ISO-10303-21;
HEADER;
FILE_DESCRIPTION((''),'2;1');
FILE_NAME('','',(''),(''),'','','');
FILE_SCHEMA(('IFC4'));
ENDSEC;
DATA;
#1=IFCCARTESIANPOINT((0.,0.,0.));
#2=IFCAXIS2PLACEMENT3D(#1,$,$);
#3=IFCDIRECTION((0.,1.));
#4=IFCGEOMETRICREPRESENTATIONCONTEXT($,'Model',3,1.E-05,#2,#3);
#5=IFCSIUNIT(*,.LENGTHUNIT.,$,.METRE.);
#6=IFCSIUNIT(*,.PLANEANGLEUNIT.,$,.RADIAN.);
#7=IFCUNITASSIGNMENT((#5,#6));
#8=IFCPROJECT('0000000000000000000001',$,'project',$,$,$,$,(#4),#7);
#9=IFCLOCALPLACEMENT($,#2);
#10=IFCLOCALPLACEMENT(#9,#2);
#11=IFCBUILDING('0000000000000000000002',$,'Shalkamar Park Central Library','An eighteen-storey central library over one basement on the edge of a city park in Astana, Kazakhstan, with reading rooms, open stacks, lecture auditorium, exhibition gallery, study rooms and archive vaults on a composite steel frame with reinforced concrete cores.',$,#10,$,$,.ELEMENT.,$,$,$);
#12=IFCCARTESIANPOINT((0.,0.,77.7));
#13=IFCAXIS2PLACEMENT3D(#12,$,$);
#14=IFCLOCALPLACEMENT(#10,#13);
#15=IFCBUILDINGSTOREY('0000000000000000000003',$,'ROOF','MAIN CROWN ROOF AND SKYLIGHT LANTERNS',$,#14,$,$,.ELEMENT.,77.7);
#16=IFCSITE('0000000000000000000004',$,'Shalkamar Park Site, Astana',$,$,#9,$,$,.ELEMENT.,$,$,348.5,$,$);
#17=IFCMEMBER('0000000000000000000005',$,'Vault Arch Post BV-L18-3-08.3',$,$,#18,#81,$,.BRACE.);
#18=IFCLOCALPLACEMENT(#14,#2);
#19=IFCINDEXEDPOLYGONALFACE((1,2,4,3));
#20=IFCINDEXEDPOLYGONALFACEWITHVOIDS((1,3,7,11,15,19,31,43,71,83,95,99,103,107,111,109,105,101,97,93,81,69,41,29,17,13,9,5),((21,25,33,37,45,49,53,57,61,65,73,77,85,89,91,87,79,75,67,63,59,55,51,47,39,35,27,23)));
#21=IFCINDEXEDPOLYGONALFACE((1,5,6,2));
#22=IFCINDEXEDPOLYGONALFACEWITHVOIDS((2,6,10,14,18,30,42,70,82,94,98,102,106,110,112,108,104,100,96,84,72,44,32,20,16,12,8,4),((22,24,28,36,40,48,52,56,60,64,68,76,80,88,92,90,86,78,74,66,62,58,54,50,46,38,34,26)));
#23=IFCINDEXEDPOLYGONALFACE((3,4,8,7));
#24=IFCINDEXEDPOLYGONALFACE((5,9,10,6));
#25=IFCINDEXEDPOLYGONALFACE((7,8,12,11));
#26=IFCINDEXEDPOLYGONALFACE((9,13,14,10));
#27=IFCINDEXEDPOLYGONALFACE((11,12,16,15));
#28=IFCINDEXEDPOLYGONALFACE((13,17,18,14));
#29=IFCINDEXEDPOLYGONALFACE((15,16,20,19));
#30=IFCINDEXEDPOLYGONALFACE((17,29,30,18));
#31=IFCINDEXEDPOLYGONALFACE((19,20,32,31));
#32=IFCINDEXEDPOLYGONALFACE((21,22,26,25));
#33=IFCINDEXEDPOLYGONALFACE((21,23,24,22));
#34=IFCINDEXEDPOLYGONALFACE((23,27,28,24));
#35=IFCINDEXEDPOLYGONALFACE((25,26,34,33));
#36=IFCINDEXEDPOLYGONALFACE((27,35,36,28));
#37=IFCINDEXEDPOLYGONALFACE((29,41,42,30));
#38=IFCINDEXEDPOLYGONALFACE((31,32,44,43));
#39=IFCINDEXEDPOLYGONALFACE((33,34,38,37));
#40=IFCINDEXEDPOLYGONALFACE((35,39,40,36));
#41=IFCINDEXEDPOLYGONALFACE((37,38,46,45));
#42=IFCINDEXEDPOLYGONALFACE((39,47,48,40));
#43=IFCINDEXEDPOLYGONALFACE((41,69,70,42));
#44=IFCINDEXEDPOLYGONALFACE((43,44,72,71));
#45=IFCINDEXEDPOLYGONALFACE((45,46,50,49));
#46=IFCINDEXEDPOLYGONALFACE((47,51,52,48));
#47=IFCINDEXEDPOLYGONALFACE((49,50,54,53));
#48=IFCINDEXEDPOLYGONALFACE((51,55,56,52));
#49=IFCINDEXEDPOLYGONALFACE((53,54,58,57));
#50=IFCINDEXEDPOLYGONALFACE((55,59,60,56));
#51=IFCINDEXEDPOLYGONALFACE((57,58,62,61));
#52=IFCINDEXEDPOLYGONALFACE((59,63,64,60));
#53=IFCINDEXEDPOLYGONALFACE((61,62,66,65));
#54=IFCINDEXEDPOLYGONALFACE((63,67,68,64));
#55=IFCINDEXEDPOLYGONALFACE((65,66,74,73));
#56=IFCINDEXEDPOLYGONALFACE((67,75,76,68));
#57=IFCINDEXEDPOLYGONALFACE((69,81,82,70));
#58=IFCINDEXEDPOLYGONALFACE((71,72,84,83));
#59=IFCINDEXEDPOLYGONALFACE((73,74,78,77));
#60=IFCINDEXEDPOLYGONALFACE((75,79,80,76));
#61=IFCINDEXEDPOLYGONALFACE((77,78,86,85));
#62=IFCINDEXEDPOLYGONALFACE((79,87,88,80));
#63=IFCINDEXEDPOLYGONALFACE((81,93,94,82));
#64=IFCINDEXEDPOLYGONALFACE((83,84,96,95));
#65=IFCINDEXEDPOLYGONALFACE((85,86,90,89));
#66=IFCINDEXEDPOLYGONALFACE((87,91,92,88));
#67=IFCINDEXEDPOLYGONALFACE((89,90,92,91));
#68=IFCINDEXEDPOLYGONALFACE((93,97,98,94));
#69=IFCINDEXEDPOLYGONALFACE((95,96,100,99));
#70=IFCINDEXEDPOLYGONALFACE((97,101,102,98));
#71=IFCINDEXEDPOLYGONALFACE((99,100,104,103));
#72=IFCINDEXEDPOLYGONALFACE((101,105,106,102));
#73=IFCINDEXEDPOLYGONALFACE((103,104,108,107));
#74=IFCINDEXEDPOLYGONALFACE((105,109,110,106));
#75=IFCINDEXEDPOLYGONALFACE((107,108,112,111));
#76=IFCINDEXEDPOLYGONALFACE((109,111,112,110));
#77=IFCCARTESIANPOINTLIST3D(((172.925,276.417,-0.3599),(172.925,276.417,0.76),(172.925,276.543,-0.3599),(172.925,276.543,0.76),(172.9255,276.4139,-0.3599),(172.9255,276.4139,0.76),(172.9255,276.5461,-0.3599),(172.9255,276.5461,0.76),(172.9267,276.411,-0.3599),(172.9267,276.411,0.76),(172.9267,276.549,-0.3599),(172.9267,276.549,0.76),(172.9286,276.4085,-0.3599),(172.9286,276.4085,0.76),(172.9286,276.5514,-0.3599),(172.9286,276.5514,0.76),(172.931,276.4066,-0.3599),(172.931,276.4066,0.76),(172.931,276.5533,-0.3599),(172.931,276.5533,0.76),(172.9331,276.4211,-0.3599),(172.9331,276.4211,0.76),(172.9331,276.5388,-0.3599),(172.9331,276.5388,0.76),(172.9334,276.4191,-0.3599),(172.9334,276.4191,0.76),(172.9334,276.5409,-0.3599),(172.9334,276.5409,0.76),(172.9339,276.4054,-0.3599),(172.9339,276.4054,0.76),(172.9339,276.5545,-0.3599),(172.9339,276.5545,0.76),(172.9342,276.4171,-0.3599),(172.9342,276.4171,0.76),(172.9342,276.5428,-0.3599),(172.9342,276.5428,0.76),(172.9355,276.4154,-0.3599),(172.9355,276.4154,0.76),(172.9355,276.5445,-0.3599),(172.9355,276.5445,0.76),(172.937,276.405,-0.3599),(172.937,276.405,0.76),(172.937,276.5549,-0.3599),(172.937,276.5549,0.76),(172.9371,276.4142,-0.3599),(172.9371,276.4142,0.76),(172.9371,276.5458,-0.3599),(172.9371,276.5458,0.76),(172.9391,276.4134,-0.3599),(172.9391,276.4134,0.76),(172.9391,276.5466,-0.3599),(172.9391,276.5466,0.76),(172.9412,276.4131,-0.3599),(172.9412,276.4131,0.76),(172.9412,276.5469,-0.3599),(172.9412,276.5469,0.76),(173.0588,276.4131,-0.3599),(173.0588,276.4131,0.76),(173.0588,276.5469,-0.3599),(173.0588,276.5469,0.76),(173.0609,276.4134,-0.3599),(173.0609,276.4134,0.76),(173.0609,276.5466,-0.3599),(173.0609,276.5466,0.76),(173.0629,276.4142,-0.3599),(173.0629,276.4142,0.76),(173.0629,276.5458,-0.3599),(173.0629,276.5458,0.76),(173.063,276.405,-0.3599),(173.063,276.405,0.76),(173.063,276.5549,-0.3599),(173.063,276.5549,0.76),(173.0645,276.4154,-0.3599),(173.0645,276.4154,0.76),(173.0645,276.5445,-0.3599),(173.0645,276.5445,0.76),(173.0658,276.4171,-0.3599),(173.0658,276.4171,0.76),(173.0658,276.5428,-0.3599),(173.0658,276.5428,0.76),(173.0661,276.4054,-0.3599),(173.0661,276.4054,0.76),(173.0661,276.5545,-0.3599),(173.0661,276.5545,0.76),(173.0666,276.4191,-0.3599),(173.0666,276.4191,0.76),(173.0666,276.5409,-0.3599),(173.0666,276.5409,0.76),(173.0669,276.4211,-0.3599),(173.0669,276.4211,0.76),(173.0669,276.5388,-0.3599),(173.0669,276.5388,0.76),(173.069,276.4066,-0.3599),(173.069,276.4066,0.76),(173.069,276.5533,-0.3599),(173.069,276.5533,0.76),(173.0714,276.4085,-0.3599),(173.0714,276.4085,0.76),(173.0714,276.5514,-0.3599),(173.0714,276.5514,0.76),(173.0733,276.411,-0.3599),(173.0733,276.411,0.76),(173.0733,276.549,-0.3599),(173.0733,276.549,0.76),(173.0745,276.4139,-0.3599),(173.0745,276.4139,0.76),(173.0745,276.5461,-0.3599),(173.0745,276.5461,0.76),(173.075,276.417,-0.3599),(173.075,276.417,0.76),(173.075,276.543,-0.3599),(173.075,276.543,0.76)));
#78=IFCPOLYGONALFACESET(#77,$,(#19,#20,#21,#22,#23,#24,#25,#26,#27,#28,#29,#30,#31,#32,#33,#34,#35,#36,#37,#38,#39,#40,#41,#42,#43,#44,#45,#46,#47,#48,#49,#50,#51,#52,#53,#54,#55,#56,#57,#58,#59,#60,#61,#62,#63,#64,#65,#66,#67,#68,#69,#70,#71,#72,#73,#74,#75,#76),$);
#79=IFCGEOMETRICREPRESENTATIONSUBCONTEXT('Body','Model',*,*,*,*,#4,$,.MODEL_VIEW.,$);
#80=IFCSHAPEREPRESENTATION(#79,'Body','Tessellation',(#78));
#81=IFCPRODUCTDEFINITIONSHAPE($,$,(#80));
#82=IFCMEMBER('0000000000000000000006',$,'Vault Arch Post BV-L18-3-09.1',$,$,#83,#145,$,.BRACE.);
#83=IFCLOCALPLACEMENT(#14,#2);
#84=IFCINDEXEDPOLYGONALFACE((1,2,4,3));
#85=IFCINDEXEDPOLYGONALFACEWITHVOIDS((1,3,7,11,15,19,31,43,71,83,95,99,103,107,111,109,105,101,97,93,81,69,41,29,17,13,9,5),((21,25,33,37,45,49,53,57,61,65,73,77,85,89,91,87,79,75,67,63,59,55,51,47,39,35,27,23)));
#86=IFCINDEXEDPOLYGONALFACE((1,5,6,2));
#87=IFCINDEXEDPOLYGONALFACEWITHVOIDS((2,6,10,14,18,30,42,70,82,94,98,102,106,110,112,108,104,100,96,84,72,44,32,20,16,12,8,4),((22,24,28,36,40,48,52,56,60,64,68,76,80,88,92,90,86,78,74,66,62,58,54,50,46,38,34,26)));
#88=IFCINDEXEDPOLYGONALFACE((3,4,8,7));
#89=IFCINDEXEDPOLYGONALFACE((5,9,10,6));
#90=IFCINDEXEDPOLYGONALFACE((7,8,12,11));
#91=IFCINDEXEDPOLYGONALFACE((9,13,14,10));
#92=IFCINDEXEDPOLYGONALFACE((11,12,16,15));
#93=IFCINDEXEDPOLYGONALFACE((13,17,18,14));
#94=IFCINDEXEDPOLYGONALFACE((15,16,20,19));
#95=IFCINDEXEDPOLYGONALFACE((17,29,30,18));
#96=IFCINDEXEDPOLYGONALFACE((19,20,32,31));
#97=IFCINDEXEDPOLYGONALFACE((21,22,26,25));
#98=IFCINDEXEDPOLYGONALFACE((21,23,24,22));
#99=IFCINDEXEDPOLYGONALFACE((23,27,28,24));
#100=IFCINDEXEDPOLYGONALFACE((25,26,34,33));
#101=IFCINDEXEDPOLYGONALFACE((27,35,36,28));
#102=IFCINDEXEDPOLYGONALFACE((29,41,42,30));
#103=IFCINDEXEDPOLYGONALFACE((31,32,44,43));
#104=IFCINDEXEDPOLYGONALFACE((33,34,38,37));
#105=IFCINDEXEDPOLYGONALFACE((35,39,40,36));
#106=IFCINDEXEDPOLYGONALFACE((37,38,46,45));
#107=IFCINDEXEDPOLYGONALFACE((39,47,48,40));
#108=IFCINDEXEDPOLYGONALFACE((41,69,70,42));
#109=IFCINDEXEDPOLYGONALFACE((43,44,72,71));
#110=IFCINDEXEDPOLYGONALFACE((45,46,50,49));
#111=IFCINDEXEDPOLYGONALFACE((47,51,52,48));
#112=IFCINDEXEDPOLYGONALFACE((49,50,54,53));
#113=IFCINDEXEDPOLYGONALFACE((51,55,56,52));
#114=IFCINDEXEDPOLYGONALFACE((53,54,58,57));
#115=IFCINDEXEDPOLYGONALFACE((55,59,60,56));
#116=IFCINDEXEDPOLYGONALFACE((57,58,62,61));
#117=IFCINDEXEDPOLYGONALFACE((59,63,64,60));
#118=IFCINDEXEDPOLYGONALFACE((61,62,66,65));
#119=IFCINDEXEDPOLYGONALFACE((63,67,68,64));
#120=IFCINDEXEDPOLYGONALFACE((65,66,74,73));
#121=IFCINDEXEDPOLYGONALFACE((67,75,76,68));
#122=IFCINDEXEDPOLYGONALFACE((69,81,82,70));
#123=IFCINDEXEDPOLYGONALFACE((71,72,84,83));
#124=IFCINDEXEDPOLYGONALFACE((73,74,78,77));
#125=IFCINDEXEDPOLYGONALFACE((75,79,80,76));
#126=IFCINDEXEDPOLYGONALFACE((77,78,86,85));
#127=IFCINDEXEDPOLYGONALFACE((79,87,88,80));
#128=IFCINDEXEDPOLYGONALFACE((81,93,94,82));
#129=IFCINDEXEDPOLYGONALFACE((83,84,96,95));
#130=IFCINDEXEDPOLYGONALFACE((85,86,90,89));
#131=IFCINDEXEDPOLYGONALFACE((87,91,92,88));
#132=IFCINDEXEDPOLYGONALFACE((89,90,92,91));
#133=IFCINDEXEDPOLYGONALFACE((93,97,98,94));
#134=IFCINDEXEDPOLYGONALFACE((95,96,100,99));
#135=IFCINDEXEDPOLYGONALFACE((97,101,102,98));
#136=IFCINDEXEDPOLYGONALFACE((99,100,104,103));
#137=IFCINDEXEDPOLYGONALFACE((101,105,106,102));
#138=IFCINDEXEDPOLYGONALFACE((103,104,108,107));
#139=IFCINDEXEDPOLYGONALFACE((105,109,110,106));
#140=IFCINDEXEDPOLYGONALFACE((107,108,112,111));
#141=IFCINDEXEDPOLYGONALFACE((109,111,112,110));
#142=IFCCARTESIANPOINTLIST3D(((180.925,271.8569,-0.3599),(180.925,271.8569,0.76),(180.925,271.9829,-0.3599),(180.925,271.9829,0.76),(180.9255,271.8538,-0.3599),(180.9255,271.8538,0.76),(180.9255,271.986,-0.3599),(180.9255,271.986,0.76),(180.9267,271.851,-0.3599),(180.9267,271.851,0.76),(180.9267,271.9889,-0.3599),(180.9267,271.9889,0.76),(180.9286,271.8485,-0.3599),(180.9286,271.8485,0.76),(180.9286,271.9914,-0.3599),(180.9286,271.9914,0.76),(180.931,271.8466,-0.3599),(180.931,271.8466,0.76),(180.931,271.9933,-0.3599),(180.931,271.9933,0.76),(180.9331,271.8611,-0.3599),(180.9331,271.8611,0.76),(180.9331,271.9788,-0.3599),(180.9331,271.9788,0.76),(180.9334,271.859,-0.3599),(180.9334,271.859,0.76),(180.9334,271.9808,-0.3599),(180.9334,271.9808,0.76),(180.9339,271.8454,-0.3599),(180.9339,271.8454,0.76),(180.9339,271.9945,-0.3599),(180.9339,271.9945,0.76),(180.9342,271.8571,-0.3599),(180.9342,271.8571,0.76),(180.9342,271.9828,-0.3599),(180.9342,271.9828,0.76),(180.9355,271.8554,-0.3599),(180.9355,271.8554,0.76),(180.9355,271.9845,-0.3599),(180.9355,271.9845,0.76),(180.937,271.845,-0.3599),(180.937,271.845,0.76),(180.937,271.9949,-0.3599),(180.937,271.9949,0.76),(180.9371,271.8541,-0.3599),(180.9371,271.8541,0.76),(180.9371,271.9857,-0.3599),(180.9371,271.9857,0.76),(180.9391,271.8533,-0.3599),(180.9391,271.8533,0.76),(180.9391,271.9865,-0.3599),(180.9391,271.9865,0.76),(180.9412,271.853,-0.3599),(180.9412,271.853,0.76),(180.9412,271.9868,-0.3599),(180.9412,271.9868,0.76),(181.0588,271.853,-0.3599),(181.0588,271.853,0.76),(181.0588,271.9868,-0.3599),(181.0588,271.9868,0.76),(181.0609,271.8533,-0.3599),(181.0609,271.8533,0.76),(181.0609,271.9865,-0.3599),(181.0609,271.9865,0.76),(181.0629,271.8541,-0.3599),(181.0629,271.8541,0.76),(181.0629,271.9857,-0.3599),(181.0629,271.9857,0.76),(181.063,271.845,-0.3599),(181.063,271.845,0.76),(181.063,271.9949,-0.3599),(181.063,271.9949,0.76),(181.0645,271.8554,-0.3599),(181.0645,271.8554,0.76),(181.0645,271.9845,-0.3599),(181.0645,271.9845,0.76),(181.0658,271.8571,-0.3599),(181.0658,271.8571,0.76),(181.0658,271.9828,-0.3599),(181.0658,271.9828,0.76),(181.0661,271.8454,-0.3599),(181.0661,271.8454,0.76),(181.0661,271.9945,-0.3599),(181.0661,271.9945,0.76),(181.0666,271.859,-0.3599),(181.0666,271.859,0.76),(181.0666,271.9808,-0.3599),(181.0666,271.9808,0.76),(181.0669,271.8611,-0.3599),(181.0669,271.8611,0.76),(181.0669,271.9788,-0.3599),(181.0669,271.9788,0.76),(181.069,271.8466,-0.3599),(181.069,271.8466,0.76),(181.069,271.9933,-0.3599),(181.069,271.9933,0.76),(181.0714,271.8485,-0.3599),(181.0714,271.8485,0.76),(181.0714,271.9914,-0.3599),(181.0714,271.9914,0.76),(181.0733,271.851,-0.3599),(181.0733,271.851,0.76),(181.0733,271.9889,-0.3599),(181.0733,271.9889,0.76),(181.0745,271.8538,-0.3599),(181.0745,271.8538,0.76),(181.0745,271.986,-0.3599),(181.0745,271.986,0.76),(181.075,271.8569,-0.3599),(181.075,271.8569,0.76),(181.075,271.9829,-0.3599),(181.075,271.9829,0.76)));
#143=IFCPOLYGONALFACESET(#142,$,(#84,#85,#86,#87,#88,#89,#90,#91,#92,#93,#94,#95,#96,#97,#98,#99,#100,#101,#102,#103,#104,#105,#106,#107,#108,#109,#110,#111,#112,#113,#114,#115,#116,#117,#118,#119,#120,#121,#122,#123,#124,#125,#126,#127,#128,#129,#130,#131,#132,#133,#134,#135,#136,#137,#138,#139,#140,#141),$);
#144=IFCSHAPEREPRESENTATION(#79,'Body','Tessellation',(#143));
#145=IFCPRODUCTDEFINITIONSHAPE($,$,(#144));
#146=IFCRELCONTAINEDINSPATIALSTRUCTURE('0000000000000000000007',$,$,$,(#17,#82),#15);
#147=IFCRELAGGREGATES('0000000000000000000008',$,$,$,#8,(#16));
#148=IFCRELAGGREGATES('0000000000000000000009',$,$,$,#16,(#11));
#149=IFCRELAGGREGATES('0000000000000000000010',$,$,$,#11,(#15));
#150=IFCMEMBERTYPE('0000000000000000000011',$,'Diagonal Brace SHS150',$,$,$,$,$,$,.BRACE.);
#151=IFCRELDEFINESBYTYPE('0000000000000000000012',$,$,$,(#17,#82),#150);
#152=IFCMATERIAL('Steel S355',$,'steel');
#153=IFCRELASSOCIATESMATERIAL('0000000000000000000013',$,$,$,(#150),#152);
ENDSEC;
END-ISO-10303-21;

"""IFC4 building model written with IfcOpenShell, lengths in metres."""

from ifc_helpers import new_model, si_unit, direction, frame, origin, origin_2d, place, context, subcontext, project, spatial, hollow_rectangle, extrude, material, material_profile, profile_set, type_object, element, save


model = new_model("IFC4")

# Units and contexts
model_context = context("Model", 3, precision=1e-05, world=origin(), true_north=direction((0.0, 1.0)))
body_context = subcontext(model_context, "Body", "Model", "MODEL_VIEW")
ifc_project = project(units=[si_unit("LENGTHUNIT", "METRE"), si_unit("PLANEANGLEUNIT", "RADIAN")], contexts=[model_context])

# Site, building, storey
site_placement = place(None, origin())
site = spatial("IfcSite", under=ifc_project, at=site_placement, Name="Shalkamar Park Site, Astana", CompositionType="ELEMENT", RefElevation=348.5)
building_placement = place(site_placement, origin())
building = spatial("IfcBuilding", under=site, at=building_placement, Name="Shalkamar Park Central Library", Description="An eighteen-storey central library over one basement on the edge of a city park in Astana, Kazakhstan, with reading rooms, open stacks, lecture auditorium, exhibition gallery, study rooms and archive vaults on a composite steel frame with reinforced concrete cores.", CompositionType="ELEMENT")
storey_placement = place(building_placement, frame((0.0, 0.0, 77.7)))
storey = spatial("IfcBuildingStorey", under=building, at=storey_placement, Name="ROOF", Description="MAIN CROWN ROOF AND SKYLIGHT LANTERNS", CompositionType="ELEMENT", Elevation=77.7)

# Members
ifc_material_1 = material(Name="Steel S355", Category="steel")
ifc_material_profile_1 = material_profile(ifc_material_1, hollow_rectangle(XDim=0.1499, YDim=0.1499, WallThickness=0.0081, InnerFilletRadius=0.0081, OuterFilletRadius=0.012, at=origin_2d()), Name="SHS 150x150x8")
ifc_profile_set_1 = profile_set([ifc_material_profile_1], Name="Steel S355")
member_type_1 = type_object("IfcMemberType", Name="Diagonal Brace SHS150", PredefinedType="BRACE", material=ifc_profile_set_1)
for number, where, z_axis, x_axis, name in (
    (1, (173.0, 276.48, -0.3599), (0.0, 0.0, 1.0), (1.0, 0.0, 0.0), "Vault Arch Post BV-L18-3-08.3"),
    (2, (181.0, 271.9199, -0.3599), (0.0, 0.0, 1.0), (1.0, 0.0, 0.0), "Vault Arch Post BV-L18-3-09.1"),
):
    element("IfcMember", number, at=place(storey_placement, frame(where, z_axis=z_axis, x_axis=x_axis)), inside=storey, type_object=member_type_1, Name=name, PredefinedType="BRACE", context=body_context, shape_type="SweptSolid", body=[
        extrude(hollow_rectangle(XDim=0.1499, YDim=0.1499, WallThickness=0.0081, InnerFilletRadius=0.0081, OuterFilletRadius=0.012, at=origin_2d()), origin(), (0.0, 0.0, 1.0), 1.1199),
    ])

save(model, "model.ifc")
